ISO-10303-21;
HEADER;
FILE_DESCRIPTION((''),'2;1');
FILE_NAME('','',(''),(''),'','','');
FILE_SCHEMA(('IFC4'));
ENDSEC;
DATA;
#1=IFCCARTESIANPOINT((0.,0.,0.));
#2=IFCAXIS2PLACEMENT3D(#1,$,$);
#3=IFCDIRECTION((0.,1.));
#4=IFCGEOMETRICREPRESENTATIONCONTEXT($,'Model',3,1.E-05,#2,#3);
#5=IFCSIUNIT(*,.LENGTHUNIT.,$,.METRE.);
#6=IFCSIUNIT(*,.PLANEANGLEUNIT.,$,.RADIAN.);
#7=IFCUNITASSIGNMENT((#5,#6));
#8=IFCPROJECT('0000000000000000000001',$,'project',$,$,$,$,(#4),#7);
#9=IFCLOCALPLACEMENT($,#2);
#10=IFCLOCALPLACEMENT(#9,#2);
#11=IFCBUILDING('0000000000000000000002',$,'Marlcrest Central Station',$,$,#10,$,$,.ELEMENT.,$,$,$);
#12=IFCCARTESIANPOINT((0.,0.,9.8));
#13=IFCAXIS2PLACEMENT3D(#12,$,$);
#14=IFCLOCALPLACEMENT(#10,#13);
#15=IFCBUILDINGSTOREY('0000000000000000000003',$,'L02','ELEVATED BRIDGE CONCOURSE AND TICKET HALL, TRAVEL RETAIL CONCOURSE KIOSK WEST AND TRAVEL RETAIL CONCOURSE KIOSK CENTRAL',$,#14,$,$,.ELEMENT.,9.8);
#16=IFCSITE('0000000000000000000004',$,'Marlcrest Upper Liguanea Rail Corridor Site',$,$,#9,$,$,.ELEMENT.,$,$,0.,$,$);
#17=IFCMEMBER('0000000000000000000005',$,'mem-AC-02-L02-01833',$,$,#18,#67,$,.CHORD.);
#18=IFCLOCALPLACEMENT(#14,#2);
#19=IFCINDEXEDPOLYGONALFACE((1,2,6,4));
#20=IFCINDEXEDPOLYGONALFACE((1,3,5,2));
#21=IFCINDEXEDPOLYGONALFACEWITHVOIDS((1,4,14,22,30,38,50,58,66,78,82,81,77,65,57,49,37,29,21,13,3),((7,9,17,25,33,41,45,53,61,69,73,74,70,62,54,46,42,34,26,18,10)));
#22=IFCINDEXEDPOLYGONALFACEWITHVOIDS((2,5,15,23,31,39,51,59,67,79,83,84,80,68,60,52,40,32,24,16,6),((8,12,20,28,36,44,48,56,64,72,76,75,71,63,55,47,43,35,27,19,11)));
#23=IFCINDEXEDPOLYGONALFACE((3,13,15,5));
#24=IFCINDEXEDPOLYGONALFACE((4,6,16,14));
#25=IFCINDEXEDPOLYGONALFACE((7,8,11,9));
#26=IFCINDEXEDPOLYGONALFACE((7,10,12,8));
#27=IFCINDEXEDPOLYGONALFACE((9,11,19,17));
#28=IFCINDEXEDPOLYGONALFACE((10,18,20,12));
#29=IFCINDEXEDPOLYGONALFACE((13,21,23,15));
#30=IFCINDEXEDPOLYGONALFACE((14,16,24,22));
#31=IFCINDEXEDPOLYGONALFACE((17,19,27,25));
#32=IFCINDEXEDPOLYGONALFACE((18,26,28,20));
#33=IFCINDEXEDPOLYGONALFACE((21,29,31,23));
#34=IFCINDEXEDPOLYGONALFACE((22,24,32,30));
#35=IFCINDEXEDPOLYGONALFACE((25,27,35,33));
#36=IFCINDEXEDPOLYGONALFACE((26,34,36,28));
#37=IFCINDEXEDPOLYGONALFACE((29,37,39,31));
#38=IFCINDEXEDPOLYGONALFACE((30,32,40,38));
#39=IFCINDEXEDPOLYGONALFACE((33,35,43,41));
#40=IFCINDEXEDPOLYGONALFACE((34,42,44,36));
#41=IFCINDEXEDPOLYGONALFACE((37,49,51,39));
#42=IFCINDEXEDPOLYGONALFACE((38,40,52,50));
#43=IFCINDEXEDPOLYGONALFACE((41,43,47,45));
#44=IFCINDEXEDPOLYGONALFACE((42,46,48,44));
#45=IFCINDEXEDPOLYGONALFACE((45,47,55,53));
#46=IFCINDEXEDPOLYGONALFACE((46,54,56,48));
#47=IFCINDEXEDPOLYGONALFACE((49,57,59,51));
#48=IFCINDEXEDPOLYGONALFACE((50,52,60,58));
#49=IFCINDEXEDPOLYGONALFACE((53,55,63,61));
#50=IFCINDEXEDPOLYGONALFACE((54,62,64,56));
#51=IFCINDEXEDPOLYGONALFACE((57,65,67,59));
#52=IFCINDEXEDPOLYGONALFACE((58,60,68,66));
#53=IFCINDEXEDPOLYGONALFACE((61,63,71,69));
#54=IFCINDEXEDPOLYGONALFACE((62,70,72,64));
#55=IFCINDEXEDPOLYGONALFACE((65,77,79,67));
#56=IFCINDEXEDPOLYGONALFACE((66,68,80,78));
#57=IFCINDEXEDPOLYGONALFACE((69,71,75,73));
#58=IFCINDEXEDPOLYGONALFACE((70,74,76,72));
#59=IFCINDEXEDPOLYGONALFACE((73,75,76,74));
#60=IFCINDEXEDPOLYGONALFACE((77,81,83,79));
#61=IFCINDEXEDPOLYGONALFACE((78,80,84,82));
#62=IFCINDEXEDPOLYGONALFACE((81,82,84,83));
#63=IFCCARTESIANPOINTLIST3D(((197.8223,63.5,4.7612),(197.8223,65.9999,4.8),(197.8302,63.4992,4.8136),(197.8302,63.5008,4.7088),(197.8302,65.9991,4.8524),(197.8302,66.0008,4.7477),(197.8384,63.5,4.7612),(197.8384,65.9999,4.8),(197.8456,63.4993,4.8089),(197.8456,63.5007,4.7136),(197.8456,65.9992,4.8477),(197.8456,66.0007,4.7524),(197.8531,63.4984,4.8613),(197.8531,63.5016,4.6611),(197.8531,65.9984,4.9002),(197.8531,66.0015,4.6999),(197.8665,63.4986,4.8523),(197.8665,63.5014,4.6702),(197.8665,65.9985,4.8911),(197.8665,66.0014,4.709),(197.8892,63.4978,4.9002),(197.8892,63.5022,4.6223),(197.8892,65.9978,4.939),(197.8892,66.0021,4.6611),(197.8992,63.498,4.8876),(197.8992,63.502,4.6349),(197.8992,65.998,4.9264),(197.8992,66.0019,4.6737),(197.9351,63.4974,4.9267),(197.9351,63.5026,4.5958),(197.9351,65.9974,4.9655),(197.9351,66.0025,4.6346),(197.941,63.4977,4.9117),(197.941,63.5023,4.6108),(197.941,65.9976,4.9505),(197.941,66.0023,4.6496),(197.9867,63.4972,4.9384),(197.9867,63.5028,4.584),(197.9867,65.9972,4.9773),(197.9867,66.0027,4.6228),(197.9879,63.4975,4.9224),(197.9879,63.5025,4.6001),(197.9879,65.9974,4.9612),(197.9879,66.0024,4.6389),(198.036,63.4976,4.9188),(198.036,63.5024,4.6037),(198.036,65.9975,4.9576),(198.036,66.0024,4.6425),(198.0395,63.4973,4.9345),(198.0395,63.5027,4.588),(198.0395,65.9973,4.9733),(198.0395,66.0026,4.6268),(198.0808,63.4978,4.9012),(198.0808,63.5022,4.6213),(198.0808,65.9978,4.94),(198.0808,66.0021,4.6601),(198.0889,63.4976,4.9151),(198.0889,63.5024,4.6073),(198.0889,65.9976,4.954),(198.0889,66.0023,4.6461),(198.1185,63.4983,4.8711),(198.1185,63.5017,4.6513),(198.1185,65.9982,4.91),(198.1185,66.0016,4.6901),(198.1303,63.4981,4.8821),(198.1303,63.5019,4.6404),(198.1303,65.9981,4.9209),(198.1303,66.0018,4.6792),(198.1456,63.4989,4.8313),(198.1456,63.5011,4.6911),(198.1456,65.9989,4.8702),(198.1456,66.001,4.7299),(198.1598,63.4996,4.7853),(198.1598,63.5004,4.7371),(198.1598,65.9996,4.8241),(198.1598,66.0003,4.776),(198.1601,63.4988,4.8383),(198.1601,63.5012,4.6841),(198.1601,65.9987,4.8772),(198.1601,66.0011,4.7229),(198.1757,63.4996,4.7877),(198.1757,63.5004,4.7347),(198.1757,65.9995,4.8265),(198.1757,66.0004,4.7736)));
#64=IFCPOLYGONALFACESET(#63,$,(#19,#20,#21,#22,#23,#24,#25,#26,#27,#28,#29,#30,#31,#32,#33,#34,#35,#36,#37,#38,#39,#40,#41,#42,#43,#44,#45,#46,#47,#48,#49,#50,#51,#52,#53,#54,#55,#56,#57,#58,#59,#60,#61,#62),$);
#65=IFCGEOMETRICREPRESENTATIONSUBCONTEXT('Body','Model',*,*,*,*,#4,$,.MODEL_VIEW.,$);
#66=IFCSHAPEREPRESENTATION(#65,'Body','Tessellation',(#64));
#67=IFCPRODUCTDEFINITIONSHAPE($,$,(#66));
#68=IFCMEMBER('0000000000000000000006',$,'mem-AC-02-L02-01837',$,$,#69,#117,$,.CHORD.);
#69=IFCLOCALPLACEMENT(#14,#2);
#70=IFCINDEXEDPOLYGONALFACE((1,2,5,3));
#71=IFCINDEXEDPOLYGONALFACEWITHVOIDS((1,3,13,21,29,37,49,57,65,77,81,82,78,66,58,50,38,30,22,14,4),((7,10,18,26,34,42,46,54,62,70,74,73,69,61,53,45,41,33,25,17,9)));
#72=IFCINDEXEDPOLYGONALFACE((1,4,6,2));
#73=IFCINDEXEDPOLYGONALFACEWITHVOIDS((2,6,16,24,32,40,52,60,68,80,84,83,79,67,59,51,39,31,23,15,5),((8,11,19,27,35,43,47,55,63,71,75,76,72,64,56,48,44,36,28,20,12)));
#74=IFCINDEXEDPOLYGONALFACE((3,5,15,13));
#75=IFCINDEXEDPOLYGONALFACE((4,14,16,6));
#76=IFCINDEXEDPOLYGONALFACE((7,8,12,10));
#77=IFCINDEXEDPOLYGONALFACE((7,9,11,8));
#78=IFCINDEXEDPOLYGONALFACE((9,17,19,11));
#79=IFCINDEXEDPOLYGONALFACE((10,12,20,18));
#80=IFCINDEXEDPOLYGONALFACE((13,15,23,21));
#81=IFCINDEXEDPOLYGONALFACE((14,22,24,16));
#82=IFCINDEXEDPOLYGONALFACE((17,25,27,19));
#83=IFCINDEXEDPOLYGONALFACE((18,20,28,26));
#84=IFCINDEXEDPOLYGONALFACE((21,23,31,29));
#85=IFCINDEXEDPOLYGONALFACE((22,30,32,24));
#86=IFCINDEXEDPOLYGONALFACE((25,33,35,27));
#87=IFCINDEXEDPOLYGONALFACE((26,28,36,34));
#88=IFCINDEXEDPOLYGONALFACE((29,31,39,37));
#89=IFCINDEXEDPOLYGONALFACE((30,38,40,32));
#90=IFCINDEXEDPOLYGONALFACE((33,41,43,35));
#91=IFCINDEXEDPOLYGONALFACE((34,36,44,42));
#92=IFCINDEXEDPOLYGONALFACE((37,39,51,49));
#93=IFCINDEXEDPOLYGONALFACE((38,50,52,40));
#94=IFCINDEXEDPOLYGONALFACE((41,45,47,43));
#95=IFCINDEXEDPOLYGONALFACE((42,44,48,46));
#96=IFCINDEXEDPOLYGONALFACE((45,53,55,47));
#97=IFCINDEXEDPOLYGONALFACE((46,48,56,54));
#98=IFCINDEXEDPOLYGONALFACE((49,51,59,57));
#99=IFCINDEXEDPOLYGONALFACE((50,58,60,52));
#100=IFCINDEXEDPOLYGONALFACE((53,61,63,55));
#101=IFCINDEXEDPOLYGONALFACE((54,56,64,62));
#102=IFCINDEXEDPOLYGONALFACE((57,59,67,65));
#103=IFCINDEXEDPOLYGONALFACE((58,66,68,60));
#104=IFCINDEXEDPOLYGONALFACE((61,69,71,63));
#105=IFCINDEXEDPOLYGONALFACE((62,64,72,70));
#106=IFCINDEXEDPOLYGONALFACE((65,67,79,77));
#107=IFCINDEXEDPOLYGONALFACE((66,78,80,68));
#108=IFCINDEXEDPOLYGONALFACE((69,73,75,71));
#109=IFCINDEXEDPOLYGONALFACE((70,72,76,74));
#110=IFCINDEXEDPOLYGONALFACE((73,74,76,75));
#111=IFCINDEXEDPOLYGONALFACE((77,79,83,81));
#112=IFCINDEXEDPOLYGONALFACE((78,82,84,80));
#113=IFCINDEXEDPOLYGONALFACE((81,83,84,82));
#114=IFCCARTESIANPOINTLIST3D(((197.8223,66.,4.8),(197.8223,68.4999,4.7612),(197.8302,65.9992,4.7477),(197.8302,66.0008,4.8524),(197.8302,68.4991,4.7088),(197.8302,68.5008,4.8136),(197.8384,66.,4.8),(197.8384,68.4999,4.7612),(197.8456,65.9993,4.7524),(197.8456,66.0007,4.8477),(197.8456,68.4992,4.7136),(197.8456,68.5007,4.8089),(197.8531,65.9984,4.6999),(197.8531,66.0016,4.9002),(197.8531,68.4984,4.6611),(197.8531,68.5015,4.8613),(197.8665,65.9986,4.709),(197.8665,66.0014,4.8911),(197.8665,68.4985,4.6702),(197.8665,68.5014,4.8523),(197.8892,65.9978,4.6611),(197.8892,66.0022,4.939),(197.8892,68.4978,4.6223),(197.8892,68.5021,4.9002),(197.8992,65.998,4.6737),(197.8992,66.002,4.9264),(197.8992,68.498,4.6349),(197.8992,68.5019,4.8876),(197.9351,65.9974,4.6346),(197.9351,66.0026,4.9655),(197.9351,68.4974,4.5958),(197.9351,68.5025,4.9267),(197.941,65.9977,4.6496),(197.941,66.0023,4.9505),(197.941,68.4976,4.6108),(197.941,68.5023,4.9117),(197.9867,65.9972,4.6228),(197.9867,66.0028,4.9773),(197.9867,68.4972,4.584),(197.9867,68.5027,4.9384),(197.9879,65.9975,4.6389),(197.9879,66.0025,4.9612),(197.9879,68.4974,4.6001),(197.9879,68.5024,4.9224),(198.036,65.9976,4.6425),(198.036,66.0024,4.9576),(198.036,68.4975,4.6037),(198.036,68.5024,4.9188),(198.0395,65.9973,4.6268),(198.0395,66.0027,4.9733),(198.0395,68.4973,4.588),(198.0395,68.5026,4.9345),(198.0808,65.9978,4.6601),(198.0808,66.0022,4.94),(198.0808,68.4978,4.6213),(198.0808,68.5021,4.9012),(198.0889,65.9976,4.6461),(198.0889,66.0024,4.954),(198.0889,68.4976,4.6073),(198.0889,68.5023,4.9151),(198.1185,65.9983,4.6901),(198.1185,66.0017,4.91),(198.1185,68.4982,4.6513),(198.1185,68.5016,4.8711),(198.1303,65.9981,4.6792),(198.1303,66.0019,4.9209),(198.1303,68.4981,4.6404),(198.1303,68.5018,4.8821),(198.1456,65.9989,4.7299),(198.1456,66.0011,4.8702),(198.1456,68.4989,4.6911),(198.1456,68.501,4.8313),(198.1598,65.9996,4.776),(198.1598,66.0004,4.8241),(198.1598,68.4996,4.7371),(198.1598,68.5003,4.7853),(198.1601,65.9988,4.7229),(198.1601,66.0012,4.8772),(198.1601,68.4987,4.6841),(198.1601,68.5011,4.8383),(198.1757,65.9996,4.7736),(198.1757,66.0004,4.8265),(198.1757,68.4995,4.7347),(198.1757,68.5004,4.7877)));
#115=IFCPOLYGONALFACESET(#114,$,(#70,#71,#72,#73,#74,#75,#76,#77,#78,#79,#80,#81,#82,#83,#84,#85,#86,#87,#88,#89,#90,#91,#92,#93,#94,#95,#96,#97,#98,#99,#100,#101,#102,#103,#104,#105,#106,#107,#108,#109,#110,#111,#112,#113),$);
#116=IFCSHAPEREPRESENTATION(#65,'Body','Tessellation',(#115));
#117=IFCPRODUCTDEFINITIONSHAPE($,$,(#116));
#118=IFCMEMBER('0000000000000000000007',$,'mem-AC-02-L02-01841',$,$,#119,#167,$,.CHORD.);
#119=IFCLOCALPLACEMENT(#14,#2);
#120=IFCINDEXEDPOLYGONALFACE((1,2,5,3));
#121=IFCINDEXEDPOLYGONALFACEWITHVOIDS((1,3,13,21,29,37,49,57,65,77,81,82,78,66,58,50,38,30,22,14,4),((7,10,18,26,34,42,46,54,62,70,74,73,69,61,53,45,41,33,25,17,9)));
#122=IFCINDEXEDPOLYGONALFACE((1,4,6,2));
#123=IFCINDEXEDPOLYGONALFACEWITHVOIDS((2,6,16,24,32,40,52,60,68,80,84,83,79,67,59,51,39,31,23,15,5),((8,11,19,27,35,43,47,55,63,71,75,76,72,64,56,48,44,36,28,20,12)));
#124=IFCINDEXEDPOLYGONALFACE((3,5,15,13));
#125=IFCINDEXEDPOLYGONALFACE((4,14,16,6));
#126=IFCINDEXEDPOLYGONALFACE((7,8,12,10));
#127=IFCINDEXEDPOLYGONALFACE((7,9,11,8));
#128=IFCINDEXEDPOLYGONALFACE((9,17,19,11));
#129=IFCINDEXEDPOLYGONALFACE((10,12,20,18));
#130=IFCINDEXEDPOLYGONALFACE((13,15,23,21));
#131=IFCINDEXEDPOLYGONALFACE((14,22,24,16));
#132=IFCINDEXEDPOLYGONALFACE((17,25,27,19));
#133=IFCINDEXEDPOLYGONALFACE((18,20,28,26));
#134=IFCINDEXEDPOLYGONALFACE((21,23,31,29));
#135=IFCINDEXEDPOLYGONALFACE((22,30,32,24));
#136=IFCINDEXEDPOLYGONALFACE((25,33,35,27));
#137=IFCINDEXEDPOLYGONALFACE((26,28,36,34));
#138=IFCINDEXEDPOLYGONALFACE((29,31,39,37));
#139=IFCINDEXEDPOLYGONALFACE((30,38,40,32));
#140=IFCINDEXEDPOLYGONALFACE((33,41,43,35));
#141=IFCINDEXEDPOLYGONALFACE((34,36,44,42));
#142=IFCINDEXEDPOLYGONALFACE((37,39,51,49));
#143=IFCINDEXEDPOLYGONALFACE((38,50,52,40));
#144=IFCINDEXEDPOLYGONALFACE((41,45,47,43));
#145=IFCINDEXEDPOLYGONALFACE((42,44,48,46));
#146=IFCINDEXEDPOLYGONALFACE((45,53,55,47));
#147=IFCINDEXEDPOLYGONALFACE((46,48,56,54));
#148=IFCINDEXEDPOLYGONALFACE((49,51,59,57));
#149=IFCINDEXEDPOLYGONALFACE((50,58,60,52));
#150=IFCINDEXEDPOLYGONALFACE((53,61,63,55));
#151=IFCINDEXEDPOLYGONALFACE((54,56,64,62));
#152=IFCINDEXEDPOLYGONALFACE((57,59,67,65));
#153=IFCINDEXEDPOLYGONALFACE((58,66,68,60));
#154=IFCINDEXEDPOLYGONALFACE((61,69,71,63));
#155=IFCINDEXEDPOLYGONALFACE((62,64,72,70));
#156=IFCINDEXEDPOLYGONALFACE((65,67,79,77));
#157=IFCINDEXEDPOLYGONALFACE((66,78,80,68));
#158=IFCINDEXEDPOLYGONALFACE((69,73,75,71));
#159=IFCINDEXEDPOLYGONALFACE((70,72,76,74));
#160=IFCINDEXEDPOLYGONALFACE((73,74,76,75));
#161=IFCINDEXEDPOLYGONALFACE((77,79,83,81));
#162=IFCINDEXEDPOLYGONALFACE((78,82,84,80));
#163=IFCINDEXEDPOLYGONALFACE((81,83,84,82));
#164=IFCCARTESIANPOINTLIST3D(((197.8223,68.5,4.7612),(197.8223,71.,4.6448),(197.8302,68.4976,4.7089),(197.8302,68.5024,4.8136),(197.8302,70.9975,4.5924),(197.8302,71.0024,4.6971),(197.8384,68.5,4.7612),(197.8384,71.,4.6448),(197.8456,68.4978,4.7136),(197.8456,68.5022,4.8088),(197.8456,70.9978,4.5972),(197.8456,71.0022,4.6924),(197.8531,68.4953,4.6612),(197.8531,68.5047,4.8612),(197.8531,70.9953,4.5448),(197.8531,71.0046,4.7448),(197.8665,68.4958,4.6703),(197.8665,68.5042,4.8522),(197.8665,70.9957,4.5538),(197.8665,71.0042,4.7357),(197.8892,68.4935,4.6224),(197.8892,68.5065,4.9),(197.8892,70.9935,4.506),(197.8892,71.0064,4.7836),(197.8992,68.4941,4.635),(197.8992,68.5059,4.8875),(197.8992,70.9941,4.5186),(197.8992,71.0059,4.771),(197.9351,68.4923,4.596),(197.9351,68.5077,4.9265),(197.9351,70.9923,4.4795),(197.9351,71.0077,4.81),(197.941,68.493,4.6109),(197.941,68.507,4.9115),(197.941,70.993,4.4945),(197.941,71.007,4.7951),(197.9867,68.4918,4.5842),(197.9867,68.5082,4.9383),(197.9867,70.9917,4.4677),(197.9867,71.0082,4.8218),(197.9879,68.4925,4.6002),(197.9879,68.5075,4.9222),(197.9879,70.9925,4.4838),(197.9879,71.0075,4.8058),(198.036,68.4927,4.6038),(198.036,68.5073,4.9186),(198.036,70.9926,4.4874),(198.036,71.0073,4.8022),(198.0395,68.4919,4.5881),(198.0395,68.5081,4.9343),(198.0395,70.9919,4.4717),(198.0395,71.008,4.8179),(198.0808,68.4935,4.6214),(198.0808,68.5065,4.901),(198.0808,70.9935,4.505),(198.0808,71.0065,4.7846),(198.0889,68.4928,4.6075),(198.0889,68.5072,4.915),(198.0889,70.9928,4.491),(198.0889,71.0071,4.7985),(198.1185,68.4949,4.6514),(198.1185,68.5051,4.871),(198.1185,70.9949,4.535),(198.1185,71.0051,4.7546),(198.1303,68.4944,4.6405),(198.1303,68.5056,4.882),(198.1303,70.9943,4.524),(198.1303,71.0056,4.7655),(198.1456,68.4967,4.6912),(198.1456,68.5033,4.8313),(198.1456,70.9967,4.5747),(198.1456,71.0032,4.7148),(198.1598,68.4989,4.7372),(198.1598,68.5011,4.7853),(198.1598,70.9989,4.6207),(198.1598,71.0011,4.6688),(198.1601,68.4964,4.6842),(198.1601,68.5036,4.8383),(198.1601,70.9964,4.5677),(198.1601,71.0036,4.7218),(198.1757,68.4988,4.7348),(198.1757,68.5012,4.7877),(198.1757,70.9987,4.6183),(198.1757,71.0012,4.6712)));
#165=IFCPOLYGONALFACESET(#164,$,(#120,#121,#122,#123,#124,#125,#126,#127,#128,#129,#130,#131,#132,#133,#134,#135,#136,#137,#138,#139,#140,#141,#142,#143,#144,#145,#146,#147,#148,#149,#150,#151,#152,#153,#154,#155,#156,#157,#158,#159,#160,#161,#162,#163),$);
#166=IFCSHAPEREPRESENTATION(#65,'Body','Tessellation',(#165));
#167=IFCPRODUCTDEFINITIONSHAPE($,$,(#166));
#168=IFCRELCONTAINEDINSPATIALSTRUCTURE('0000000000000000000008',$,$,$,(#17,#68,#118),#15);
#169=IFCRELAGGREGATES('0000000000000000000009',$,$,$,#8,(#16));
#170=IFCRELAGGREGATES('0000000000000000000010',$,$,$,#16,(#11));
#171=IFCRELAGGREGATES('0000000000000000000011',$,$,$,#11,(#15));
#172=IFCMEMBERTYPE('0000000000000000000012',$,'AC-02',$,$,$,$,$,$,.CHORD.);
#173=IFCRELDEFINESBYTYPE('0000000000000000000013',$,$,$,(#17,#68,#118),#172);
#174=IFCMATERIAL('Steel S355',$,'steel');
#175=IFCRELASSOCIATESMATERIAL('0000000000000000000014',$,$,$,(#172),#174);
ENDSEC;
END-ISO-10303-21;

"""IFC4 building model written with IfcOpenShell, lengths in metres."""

from ifc_helpers import new_model, si_unit, direction, frame, origin, origin_2d, place, context, subcontext, project, spatial, hollow_circle, extrude, material, material_profile, profile_set, type_object, element, save


model = new_model("IFC4")

# Units and contexts
model_context = context("Model", 3, precision=1e-05, world=origin(), true_north=direction((0.0, 1.0)))
body_context = subcontext(model_context, "Body", "Model", "MODEL_VIEW")
ifc_project = project(units=[si_unit("LENGTHUNIT", "METRE"), si_unit("PLANEANGLEUNIT", "RADIAN")], contexts=[model_context])

# Site, building, storey
site_placement = place(None, origin())
site = spatial("IfcSite", under=ifc_project, at=site_placement, Name="Marlcrest Upper Liguanea Rail Corridor Site", CompositionType="ELEMENT", RefElevation=0.0)
building_placement = place(site_placement, origin())
building = spatial("IfcBuilding", under=site, at=building_placement, Name="Marlcrest Central Station", CompositionType="ELEMENT")
storey_placement = place(building_placement, frame((0.0, 0.0, 9.8)))
storey = spatial("IfcBuildingStorey", under=building, at=storey_placement, Name="L02", Description="ELEVATED BRIDGE CONCOURSE AND TICKET HALL, TRAVEL RETAIL CONCOURSE KIOSK WEST AND TRAVEL RETAIL CONCOURSE KIOSK CENTRAL", CompositionType="ELEMENT", Elevation=9.8)

# Members
ifc_material = material(Name="Steel S355", Category="steel")
ifc_material_profile_1 = material_profile(ifc_material, hollow_circle(Radius=0.1777, WallThickness=0.0161, at=origin_2d()), Name="CHS 355.6x16")
ifc_profile_set_1 = profile_set([ifc_material_profile_1], Name="Steel S355")
member_type_1 = type_object("IfcMemberType", Name="AC-02", PredefinedType="CHORD", material=ifc_profile_set_1)
for number, where, z_axis, x_axis, name in (
    (1, (198.0, 63.5, 4.7612), (0.0, 0.999879, 0.015525), (-1.0, 0.0, 0.0), "mem-AC-02-L02-01833"),
    (2, (198.0, 66.0, 4.8), (0.0, 0.999879, -0.015525), (-1.0, 0.0, 0.0), "mem-AC-02-L02-01837"),
):
    element("IfcMember", number, at=place(storey_placement, frame(where, z_axis=z_axis, x_axis=x_axis)), inside=storey, type_object=member_type_1, Name=name, PredefinedType="CHORD", context=body_context, shape_type="SweptSolid", body=[
        extrude(hollow_circle(Radius=0.1777, WallThickness=0.0161, at=origin_2d()), origin(), (0.0, 0.0, 1.0), 2.5002),
    ])
member_placement = place(storey_placement, frame((198.0, 68.5, 4.7612), z_axis=(0.0, 0.998917, -0.046532), x_axis=(-1.0, 0.0, 0.0)))
element("IfcMember", 3, at=member_placement, inside=storey, type_object=member_type_1, Name="mem-AC-02-L02-01841", PredefinedType="CHORD", context=body_context, shape_type="SweptSolid", body=[
    extrude(hollow_circle(Radius=0.1777, WallThickness=0.0161, at=origin_2d()), origin(), (0.0, 0.0, 1.0), 2.5027),
])

save(model, "model.ifc")
